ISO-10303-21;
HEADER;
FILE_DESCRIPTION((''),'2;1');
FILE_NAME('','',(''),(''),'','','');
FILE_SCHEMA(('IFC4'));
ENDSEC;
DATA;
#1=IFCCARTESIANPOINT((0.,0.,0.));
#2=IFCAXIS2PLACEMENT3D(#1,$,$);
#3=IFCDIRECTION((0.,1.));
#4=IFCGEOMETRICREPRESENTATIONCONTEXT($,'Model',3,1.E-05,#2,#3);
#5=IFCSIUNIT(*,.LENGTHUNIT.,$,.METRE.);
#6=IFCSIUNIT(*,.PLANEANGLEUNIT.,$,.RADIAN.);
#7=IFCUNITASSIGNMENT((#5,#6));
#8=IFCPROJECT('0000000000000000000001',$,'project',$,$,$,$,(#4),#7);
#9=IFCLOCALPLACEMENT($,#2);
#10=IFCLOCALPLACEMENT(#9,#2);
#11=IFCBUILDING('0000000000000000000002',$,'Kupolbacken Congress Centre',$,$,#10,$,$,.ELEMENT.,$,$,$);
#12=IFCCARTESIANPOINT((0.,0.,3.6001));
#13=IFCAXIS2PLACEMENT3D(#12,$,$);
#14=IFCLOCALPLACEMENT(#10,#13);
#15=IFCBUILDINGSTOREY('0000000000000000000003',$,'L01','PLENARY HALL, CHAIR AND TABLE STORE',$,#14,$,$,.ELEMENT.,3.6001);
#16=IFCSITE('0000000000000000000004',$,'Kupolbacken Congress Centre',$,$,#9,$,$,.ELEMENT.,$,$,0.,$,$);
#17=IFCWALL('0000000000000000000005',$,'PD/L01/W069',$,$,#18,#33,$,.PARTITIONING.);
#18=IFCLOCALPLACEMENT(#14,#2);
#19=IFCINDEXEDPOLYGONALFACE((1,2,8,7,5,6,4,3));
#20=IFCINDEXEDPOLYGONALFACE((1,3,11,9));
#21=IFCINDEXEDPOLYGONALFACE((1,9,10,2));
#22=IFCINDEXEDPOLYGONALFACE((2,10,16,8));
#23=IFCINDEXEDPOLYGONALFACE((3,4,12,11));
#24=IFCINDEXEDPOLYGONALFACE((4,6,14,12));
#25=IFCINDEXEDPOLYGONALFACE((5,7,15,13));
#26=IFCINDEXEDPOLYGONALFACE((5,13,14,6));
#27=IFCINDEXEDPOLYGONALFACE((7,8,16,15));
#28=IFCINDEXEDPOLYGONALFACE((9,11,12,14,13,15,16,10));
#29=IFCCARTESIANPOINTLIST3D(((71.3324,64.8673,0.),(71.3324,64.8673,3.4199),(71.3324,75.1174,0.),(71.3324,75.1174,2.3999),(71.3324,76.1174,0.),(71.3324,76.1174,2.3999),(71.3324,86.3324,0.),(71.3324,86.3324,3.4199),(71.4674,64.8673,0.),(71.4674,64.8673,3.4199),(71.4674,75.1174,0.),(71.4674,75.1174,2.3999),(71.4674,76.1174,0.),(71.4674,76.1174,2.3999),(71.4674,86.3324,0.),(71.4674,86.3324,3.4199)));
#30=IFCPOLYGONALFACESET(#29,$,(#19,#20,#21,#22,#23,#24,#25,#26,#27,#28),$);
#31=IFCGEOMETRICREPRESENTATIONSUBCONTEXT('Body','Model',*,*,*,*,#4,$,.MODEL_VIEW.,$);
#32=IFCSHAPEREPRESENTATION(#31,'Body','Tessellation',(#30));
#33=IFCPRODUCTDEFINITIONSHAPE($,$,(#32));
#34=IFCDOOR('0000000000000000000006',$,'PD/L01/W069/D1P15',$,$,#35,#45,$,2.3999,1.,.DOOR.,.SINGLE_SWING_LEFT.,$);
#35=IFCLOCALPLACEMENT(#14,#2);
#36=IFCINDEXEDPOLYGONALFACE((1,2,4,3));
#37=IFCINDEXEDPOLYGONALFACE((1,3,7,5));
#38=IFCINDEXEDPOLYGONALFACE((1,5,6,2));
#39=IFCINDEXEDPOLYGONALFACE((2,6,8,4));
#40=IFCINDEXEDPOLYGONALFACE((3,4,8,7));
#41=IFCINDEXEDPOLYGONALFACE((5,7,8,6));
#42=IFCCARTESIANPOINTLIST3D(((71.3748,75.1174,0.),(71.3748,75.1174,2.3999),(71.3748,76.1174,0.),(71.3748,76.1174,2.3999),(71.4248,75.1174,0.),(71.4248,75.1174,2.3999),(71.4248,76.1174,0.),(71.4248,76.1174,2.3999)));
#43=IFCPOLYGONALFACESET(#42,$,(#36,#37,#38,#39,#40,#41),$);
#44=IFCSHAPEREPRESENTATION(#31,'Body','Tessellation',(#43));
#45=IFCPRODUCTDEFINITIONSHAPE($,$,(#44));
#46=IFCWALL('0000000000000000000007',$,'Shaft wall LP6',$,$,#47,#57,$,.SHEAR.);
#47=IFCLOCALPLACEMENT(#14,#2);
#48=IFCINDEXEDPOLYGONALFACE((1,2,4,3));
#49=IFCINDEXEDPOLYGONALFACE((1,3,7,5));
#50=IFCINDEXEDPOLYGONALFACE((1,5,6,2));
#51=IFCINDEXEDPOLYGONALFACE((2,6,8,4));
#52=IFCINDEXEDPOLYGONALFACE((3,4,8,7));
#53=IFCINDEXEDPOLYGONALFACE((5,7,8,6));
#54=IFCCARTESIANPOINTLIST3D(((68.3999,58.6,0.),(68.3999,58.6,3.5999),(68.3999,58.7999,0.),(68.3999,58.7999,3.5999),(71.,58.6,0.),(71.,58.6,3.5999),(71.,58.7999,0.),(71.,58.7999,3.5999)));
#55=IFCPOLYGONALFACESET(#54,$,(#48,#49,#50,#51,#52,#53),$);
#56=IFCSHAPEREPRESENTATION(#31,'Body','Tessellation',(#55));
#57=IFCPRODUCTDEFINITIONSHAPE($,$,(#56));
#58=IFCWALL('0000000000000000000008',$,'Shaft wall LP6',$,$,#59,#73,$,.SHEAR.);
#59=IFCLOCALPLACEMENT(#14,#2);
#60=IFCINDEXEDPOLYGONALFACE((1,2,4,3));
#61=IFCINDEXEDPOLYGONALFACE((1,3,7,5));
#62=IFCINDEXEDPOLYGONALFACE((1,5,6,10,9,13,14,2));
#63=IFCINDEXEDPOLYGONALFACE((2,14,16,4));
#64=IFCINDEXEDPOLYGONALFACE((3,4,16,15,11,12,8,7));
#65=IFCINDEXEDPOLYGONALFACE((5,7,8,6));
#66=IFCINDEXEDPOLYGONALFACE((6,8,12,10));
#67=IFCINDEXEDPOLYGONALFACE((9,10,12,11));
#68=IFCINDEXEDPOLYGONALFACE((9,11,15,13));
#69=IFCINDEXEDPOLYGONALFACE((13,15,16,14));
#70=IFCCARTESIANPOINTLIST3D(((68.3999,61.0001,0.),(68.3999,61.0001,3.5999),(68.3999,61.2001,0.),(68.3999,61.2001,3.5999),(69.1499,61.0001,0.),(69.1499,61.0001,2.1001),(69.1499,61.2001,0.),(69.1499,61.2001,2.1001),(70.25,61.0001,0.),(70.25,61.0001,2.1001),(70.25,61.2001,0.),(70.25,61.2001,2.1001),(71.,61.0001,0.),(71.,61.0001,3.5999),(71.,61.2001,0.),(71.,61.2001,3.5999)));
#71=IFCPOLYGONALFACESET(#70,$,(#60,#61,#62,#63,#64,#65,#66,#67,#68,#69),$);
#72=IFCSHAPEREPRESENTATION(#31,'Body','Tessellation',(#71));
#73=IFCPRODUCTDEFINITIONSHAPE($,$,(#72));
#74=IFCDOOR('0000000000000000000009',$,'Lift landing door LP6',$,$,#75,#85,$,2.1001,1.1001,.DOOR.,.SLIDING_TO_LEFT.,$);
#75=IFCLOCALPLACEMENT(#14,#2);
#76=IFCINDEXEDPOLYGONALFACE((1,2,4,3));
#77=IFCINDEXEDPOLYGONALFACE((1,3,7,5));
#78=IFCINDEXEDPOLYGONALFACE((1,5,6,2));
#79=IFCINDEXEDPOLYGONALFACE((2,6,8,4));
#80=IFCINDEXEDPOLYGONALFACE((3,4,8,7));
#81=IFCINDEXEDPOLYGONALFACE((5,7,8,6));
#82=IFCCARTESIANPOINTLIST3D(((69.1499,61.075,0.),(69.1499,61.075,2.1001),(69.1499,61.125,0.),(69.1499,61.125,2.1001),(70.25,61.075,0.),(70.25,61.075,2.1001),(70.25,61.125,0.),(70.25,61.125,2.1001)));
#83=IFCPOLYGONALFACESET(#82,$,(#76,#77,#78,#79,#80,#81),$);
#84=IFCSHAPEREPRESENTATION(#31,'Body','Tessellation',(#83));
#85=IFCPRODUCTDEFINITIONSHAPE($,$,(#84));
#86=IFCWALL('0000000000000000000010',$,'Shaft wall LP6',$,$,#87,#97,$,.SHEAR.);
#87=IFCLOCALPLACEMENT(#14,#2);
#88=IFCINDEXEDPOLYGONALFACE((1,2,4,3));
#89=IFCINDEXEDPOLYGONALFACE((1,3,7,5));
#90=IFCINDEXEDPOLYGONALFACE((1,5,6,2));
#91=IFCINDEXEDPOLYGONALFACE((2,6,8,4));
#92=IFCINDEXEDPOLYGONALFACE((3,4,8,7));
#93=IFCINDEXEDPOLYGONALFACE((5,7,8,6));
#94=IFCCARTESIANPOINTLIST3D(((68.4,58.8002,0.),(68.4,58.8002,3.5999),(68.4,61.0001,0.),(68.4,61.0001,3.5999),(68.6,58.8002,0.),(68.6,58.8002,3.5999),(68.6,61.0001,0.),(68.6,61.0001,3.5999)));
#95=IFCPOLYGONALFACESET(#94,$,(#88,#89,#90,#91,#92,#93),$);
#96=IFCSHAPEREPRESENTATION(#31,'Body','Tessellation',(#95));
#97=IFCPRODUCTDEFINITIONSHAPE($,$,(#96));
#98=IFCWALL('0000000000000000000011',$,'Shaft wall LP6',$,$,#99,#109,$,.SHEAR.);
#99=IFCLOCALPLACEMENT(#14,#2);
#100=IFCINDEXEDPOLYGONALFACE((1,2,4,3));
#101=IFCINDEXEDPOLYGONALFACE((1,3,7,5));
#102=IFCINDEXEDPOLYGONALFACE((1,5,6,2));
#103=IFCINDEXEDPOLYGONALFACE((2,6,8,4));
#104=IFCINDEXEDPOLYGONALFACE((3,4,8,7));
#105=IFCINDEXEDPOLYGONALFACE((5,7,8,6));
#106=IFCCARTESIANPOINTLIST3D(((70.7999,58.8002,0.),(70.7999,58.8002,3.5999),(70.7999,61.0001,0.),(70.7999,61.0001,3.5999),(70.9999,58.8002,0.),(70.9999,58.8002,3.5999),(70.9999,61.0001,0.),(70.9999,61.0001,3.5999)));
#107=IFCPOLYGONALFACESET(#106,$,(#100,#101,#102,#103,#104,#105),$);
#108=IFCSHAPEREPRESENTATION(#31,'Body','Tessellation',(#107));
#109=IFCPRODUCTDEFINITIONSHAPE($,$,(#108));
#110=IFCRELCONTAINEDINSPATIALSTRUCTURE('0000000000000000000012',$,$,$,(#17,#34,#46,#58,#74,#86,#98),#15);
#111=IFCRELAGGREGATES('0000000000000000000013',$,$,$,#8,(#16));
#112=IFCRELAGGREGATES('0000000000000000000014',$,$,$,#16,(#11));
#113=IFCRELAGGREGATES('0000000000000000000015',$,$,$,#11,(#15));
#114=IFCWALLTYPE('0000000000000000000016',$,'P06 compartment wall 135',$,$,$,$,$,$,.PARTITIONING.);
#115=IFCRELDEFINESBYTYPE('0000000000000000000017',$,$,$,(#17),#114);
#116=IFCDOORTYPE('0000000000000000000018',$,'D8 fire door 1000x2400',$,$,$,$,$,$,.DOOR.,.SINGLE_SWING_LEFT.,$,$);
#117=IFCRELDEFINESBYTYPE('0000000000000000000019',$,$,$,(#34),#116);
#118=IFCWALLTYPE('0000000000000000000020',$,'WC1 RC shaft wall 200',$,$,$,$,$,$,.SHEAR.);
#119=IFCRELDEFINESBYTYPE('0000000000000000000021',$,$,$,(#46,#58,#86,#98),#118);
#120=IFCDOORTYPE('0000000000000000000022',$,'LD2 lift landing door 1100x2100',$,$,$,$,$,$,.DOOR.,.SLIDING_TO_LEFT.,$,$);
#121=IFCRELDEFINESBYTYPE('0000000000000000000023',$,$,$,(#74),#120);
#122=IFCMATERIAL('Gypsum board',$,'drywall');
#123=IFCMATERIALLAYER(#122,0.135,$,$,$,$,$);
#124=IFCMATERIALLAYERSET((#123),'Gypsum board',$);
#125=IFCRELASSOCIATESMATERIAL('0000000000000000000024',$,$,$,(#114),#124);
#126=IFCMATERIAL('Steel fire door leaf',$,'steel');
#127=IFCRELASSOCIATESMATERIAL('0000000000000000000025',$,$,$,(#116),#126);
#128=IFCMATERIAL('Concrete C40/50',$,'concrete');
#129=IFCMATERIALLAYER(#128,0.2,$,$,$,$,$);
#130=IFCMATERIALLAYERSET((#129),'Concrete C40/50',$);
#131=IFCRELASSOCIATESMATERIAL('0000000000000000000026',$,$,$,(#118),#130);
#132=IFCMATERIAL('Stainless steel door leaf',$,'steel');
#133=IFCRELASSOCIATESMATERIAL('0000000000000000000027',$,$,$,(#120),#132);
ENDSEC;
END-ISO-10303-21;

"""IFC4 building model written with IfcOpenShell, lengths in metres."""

from ifc_helpers import new_model, si_unit, direction, frame, frame_2d, origin, place, context, subcontext, project, spatial, rectangle, extrude, material, layer, layer_set, type_object, element, fill, save


model = new_model("IFC4")

# Units and contexts
model_context = context("Model", 3, precision=1e-05, world=origin(), true_north=direction((0.0, 1.0)))
body_context = subcontext(model_context, "Body", "Model", "MODEL_VIEW")
ifc_project = project(units=[si_unit("LENGTHUNIT", "METRE"), si_unit("PLANEANGLEUNIT", "RADIAN")], contexts=[model_context])

# Site, building, storey
site_placement = place(None, origin())
site = spatial("IfcSite", under=ifc_project, at=site_placement, Name="Kupolbacken Congress Centre", CompositionType="ELEMENT", RefElevation=0.0)
building_placement = place(site_placement, origin())
building = spatial("IfcBuilding", under=site, at=building_placement, Name="Kupolbacken Congress Centre", CompositionType="ELEMENT")
storey_placement = place(building_placement, frame((0.0, 0.0, 3.6001)))
storey = spatial("IfcBuildingStorey", under=building, at=storey_placement, Name="L01", Description="PLENARY HALL, CHAIR AND TABLE STORE", CompositionType="ELEMENT", Elevation=3.6001)

# Shared definitions
ifc_material_1 = material(Name="Gypsum board", Category="drywall")
ifc_layer_1 = layer(ifc_material_1, 0.135)
ifc_layer_set_1 = layer_set([ifc_layer_1], Name="Gypsum board")
wall_type_1 = type_object("IfcWallType", Name="P06 compartment wall 135", PredefinedType="PARTITIONING", material=ifc_layer_set_1)

# Wall, opening, door
wall_1_placement = place(storey_placement, frame((71.3999, 64.8674, 0.0), z_axis=(0.0, 0.0, 1.0), x_axis=(0.0, 1.0, 0.0)))
wall_1 = element("IfcWall", 1, at=wall_1_placement, inside=storey, type_object=wall_type_1, Name="PD/L01/W069", PredefinedType="PARTITIONING", context=body_context, shape_type="SweptSolid", body=[
    extrude(rectangle(XDim=21.4651, YDim=0.135, at=frame_2d((10.7324, 0.0))), origin(), (0.0, 0.0, 1.0), 3.4199),
])
opening_1_placement = place(wall_1_placement, frame((10.25, 0.0, 0.0)))
opening_1 = element("IfcOpeningElement", 2, at=opening_1_placement, cuts=wall_1, PredefinedType="OPENING", context=body_context, shape_type="SweptSolid", body=[
    extrude(rectangle(XDim=1.0, YDim=2.3999, at=frame_2d((0.5, 1.2))), frame((0.0, 0.0774, 0.0), z_axis=(0.0, -1.0, 0.0), x_axis=(1.0, 0.0, 0.0)), (0.0, 0.0, 1.0), 0.155),
])
ifc_material_2 = material(Name="Steel fire door leaf", Category="steel")
door_type_1 = type_object("IfcDoorType", Name="D8 fire door 1000x2400", OperationType="SINGLE_SWING_LEFT", PredefinedType="DOOR", material=ifc_material_2)
door_1_placement = place(opening_1_placement, frame((1.0, 0.0, 0.0), z_axis=(0.0, 0.0, 1.0), x_axis=(-1.0, 0.0, 0.0)))
door_1 = element("IfcDoor", 3, at=door_1_placement, inside=storey, type_object=door_type_1, Name="PD/L01/W069/D1P15", OperationType="SINGLE_SWING_LEFT", OverallHeight=2.3999, OverallWidth=1.0, PredefinedType="DOOR", context=body_context, shape_type="SweptSolid", body=[
    extrude(rectangle(XDim=1.0, YDim=2.3999, at=frame_2d((0.5, 1.2))), frame((0.0, 0.0249, 0.0), z_axis=(0.0, -1.0, 0.0), x_axis=(1.0, 0.0, 0.0)), (0.0, 0.0, 1.0), 0.05),
])
fill(opening_1, door_1)

# Wall
ifc_material_3 = material(Name="Concrete C40/50", Category="concrete")
ifc_layer_2 = layer(ifc_material_3, 0.2)
ifc_layer_set_2 = layer_set([ifc_layer_2], Name="Concrete C40/50")
wall_type_2 = type_object("IfcWallType", Name="WC1 RC shaft wall 200", PredefinedType="SHEAR", material=ifc_layer_set_2)
wall_2_placement = place(storey_placement, frame((68.3999, 58.7, 0.0), z_axis=(0.0, 0.0, 1.0), x_axis=(1.0, 0.0, 0.0)))
element("IfcWall", 4, at=wall_2_placement, inside=storey, type_object=wall_type_2, Name="Shaft wall LP6", PredefinedType="SHEAR", context=body_context, shape_type="SweptSolid", body=[
    extrude(rectangle(XDim=2.6001, YDim=0.2, at=frame_2d((1.3, 0.0))), origin(), (0.0, 0.0, 1.0), 3.5999),
])

# Wall, opening, door
wall_3_placement = place(storey_placement, frame((68.3999, 61.1001, 0.0), z_axis=(0.0, 0.0, 1.0), x_axis=(1.0, 0.0, 0.0)))
wall_3 = element("IfcWall", 5, at=wall_3_placement, inside=storey, type_object=wall_type_2, Name="Shaft wall LP6", PredefinedType="SHEAR", context=body_context, shape_type="SweptSolid", body=[
    extrude(rectangle(XDim=2.6001, YDim=0.2, at=frame_2d((1.3, 0.0))), origin(), (0.0, 0.0, 1.0), 3.5999),
])
opening_2_placement = place(wall_3_placement, frame((0.75, 0.0, 0.0)))
opening_2 = element("IfcOpeningElement", 6, at=opening_2_placement, cuts=wall_3, PredefinedType="OPENING", context=body_context, shape_type="SweptSolid", body=[
    extrude(rectangle(XDim=1.1001, YDim=2.1001, at=frame_2d((0.55, 1.05))), frame((0.0, 0.1099, 0.0), z_axis=(0.0, -1.0, 0.0), x_axis=(1.0, 0.0, 0.0)), (0.0, 0.0, 1.0), 0.22),
])
ifc_material_4 = material(Name="Stainless steel door leaf", Category="steel")
door_type_2 = type_object("IfcDoorType", Name="LD2 lift landing door 1100x2100", OperationType="SLIDING_TO_LEFT", PredefinedType="DOOR", material=ifc_material_4)
door_2_placement = place(opening_2_placement, origin())
door_2 = element("IfcDoor", 7, at=door_2_placement, inside=storey, type_object=door_type_2, Name="Lift landing door LP6", OperationType="SLIDING_TO_LEFT", OverallHeight=2.1001, OverallWidth=1.1001, PredefinedType="DOOR", context=body_context, shape_type="SweptSolid", body=[
    extrude(rectangle(XDim=1.1001, YDim=2.1001, at=frame_2d((0.55, 1.05))), frame((0.0, 0.0249, 0.0), z_axis=(0.0, -1.0, 0.0), x_axis=(1.0, 0.0, 0.0)), (0.0, 0.0, 1.0), 0.05),
])
fill(opening_2, door_2)

# Walls
for number, where, z_axis, x_axis, name in (
    (8, (68.5, 58.8, 0.0), (0.0, 0.0, 1.0), (0.0, 1.0, 0.0), "Shaft wall LP6"),
    (9, (70.8999, 58.8, 0.0), (0.0, 0.0, 1.0), (0.0, 1.0, 0.0), "Shaft wall LP6"),
):
    element("IfcWall", number, at=place(storey_placement, frame(where, z_axis=z_axis, x_axis=x_axis)), inside=storey, type_object=wall_type_2, Name=name, PredefinedType="SHEAR", context=body_context, shape_type="SweptSolid", body=[
        extrude(rectangle(XDim=2.2, YDim=0.2, at=frame_2d((1.1001, 0.0))), origin(), (0.0, 0.0, 1.0), 3.5999),
    ])

save(model, "model.ifc")
